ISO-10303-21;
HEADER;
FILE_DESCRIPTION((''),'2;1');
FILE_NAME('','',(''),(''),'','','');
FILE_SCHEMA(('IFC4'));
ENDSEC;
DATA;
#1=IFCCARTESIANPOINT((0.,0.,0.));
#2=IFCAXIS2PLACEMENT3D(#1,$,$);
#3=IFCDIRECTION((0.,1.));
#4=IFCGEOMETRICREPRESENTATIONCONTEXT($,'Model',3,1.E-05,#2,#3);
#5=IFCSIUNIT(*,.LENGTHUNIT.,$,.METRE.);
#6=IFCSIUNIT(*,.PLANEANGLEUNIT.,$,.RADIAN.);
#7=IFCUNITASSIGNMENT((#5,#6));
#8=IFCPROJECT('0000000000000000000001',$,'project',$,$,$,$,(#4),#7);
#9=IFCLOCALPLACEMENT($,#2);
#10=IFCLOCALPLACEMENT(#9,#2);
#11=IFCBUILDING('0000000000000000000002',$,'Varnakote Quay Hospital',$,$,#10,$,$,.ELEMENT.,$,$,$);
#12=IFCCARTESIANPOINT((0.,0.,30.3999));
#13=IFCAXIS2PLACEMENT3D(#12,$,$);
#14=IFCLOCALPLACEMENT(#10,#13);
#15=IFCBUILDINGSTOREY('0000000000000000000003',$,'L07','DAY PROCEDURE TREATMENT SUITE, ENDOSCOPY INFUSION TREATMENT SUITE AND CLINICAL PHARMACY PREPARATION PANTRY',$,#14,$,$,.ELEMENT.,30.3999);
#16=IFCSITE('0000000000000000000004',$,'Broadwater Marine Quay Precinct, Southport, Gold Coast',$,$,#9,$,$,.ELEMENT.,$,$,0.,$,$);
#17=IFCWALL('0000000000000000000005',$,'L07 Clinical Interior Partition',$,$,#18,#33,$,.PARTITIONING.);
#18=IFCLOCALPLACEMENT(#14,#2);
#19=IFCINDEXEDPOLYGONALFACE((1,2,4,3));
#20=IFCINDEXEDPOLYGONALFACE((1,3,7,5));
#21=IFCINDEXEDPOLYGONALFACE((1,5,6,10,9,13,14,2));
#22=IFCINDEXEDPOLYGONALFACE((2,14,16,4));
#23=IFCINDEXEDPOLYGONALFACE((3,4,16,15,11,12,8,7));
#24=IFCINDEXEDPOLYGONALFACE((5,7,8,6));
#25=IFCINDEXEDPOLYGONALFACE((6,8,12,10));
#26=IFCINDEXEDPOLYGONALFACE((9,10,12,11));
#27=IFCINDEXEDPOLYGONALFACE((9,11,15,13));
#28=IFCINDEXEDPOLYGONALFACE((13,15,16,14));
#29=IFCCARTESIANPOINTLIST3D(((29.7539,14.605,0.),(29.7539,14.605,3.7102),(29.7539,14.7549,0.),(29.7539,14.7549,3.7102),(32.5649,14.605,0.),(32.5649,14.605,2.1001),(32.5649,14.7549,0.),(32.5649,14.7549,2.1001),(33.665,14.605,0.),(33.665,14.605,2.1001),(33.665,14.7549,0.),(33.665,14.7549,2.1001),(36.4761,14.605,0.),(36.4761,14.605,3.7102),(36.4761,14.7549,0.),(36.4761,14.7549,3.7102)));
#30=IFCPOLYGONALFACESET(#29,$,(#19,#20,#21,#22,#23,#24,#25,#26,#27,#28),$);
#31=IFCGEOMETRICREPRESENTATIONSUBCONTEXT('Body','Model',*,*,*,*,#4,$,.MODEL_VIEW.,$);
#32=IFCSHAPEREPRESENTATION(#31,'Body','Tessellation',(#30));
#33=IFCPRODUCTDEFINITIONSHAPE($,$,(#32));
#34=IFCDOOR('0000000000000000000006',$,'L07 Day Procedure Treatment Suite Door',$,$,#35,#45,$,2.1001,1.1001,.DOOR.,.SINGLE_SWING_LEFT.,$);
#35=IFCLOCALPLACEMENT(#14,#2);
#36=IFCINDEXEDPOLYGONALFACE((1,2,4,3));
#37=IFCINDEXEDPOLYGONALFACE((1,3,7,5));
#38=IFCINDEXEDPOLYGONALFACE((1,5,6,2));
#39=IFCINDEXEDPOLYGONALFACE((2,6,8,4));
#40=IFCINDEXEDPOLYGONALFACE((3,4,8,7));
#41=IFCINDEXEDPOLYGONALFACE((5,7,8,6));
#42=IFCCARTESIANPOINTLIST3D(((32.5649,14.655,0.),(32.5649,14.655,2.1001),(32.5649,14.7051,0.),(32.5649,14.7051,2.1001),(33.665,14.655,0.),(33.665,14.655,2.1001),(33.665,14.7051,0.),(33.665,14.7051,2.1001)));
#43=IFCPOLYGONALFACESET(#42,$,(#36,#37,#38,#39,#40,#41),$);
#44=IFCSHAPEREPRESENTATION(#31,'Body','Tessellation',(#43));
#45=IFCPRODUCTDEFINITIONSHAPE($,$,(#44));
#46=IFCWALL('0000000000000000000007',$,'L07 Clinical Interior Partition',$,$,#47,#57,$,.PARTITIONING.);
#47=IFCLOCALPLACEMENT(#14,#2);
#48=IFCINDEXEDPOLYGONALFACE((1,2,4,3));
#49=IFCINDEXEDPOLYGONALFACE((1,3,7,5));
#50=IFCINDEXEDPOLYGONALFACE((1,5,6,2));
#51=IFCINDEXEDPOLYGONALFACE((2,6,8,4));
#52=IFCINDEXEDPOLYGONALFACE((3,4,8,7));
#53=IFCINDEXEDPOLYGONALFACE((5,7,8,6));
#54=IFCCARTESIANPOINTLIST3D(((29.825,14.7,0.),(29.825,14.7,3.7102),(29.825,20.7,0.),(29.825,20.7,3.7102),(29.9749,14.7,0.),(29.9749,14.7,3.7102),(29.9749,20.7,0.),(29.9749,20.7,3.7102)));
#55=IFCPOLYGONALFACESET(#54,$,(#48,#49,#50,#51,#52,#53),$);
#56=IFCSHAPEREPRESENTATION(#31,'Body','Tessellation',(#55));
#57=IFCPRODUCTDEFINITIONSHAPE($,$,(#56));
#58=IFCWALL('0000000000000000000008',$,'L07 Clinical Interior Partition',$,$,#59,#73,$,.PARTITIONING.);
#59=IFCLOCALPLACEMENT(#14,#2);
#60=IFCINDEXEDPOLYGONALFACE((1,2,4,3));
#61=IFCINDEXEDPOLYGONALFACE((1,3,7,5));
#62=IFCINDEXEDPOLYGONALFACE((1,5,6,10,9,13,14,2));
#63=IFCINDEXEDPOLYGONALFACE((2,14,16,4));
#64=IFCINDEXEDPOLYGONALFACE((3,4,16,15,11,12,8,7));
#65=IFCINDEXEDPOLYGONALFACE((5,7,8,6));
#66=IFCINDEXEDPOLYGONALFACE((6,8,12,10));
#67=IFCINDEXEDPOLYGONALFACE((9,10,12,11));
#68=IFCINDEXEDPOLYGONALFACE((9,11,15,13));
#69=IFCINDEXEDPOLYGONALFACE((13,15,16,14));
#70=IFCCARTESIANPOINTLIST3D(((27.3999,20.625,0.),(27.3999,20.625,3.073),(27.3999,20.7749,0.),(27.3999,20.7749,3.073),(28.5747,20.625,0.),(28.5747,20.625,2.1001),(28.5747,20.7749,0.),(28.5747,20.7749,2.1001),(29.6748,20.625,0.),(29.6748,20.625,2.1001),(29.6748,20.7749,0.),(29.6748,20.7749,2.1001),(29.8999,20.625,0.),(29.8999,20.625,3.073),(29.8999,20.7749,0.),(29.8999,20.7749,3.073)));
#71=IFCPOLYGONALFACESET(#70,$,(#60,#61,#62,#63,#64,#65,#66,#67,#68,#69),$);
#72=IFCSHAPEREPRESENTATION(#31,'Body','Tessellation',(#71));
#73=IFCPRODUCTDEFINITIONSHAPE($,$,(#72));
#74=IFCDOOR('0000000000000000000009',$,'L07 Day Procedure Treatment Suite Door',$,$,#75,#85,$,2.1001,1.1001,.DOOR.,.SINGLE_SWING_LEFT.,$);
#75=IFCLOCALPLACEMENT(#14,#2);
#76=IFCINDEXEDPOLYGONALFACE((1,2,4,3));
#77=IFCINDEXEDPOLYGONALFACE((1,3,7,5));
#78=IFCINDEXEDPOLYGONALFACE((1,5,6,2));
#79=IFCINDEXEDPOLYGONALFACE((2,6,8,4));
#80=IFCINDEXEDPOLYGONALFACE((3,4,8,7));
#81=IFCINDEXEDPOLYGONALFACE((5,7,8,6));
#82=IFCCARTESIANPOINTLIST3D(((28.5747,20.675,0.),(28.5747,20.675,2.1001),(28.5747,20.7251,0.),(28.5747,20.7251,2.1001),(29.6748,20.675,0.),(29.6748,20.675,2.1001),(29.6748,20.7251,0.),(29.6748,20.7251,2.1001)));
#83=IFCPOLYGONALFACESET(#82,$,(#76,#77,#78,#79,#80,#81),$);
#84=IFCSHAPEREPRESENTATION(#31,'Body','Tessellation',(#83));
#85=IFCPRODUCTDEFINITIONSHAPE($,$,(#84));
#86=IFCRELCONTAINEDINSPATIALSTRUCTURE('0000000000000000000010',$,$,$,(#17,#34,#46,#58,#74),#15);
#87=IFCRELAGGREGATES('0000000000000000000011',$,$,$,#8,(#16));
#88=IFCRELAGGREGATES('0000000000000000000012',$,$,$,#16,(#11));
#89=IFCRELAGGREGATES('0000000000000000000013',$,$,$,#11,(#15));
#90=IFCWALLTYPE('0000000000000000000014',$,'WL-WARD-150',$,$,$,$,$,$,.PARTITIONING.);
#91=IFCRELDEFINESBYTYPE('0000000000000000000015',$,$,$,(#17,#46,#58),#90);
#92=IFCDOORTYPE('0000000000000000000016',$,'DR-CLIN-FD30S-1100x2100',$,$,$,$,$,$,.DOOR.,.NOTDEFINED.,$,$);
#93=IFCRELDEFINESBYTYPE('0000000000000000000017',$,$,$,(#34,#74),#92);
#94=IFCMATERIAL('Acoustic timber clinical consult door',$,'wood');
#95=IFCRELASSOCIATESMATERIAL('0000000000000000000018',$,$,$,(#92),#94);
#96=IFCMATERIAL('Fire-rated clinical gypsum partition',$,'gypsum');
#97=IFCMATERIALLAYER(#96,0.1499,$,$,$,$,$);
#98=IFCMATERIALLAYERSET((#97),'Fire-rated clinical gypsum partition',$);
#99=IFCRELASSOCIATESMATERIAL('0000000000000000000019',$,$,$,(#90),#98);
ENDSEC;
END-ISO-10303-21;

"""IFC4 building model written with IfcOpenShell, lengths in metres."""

from ifc_helpers import new_model, si_unit, direction, frame, frame_2d, origin, place, context, subcontext, project, spatial, rectangle, extrude, material, layer, layer_set, type_object, element, fill, save


model = new_model("IFC4")

# Units and contexts
model_context = context("Model", 3, precision=1e-05, world=origin(), true_north=direction((0.0, 1.0)))
body_context = subcontext(model_context, "Body", "Model", "MODEL_VIEW")
ifc_project = project(units=[si_unit("LENGTHUNIT", "METRE"), si_unit("PLANEANGLEUNIT", "RADIAN")], contexts=[model_context])

# Site, building, storey
site_placement = place(None, origin())
site = spatial("IfcSite", under=ifc_project, at=site_placement, Name="Broadwater Marine Quay Precinct, Southport, Gold Coast", CompositionType="ELEMENT", RefElevation=0.0)
building_placement = place(site_placement, origin())
building = spatial("IfcBuilding", under=site, at=building_placement, Name="Varnakote Quay Hospital", CompositionType="ELEMENT")
storey_placement = place(building_placement, frame((0.0, 0.0, 30.3999)))
storey = spatial("IfcBuildingStorey", under=building, at=storey_placement, Name="L07", Description="DAY PROCEDURE TREATMENT SUITE, ENDOSCOPY INFUSION TREATMENT SUITE AND CLINICAL PHARMACY PREPARATION PANTRY", CompositionType="ELEMENT", Elevation=30.3999)

# Wall, opening, door
ifc_material_1 = material(Name="Acoustic timber clinical consult door", Category="wood")
door_type = type_object("IfcDoorType", Name="DR-CLIN-FD30S-1100x2100", OperationType="NOTDEFINED", PredefinedType="DOOR", material=ifc_material_1)
ifc_material_2 = material(Name="Fire-rated clinical gypsum partition", Category="gypsum")
ifc_layer_1 = layer(ifc_material_2, 0.1499)
ifc_layer_set_1 = layer_set([ifc_layer_1], Name="Fire-rated clinical gypsum partition")
wall_type_1 = type_object("IfcWallType", Name="WL-WARD-150", PredefinedType="PARTITIONING", material=ifc_layer_set_1)
wall_1_placement = place(storey_placement, frame((36.4761, 14.6799, 0.0), z_axis=(0.0, 0.0, 1.0), x_axis=(-1.0, 0.0, 0.0)))
wall_1 = element("IfcWall", 1, at=wall_1_placement, inside=storey, type_object=wall_type_1, Name="L07 Clinical Interior Partition", PredefinedType="PARTITIONING", context=body_context, shape_type="SweptSolid", body=[
    extrude(rectangle(XDim=6.7222, YDim=0.1499, at=frame_2d((3.3611, 0.0))), origin(), (0.0, 0.0, 1.0), 3.7102),
])
opening_1_placement = place(wall_1_placement, frame((2.811, 0.0, 0.0)))
opening_1 = element("IfcOpeningElement", 2, at=opening_1_placement, cuts=wall_1, PredefinedType="OPENING", context=body_context, shape_type="SweptSolid", body=[
    extrude(rectangle(XDim=1.1001, YDim=2.1001, at=frame_2d((0.55, 1.05))), frame((0.0, 0.085, 0.0), z_axis=(0.0, -1.0, 0.0), x_axis=(1.0, 0.0, 0.0)), (0.0, 0.0, 1.0), 0.1699),
])
door_1_placement = place(opening_1_placement, origin())
door_1 = element("IfcDoor", 3, at=door_1_placement, inside=storey, type_object=door_type, Name="L07 Day Procedure Treatment Suite Door", OperationType="SINGLE_SWING_LEFT", OverallHeight=2.1001, OverallWidth=1.1001, PredefinedType="DOOR", context=body_context, shape_type="SweptSolid", body=[
    extrude(rectangle(XDim=1.1001, YDim=2.1001, at=frame_2d((0.55, 1.05))), frame((0.0, 0.0249, 0.0), z_axis=(0.0, -1.0, 0.0), x_axis=(1.0, 0.0, 0.0)), (0.0, 0.0, 1.0), 0.05),
])
fill(opening_1, door_1)

# Wall
wall_2_placement = place(storey_placement, frame((29.8999, 14.7, 0.0), z_axis=(0.0, 0.0, 1.0), x_axis=(0.0, 1.0, 0.0)))
element("IfcWall", 4, at=wall_2_placement, inside=storey, type_object=wall_type_1, Name="L07 Clinical Interior Partition", PredefinedType="PARTITIONING", context=body_context, shape_type="SweptSolid", body=[
    extrude(rectangle(XDim=6.0, YDim=0.1499, at=frame_2d((3.0, 0.0))), origin(), (0.0, 0.0, 1.0), 3.7102),
])

# Wall, opening, door
wall_3_placement = place(storey_placement, frame((29.8999, 20.7, 0.0), z_axis=(0.0, 0.0, 1.0), x_axis=(-1.0, 0.0, 0.0)))
wall_3 = element("IfcWall", 5, at=wall_3_placement, inside=storey, type_object=wall_type_1, Name="L07 Clinical Interior Partition", PredefinedType="PARTITIONING", context=body_context, shape_type="SweptSolid", body=[
    extrude(rectangle(XDim=2.5, YDim=0.1499, at=frame_2d((1.25, 0.0))), origin(), (0.0, 0.0, 1.0), 3.073),
])
opening_2_placement = place(wall_3_placement, frame((0.2251, 0.0, 0.0)))
opening_2 = element("IfcOpeningElement", 6, at=opening_2_placement, cuts=wall_3, PredefinedType="OPENING", context=body_context, shape_type="SweptSolid", body=[
    extrude(rectangle(XDim=1.1001, YDim=2.1001, at=frame_2d((0.55, 1.05))), frame((0.0, 0.085, 0.0), z_axis=(0.0, -1.0, 0.0), x_axis=(1.0, 0.0, 0.0)), (0.0, 0.0, 1.0), 0.1699),
])
door_2_placement = place(opening_2_placement, origin())
door_2 = element("IfcDoor", 7, at=door_2_placement, inside=storey, type_object=door_type, Name="L07 Day Procedure Treatment Suite Door", OperationType="SINGLE_SWING_LEFT", OverallHeight=2.1001, OverallWidth=1.1001, PredefinedType="DOOR", context=body_context, shape_type="SweptSolid", body=[
    extrude(rectangle(XDim=1.1001, YDim=2.1001, at=frame_2d((0.55, 1.05))), frame((0.0, 0.0249, 0.0), z_axis=(0.0, -1.0, 0.0), x_axis=(1.0, 0.0, 0.0)), (0.0, 0.0, 1.0), 0.05),
])
fill(opening_2, door_2)

save(model, "model.ifc")
